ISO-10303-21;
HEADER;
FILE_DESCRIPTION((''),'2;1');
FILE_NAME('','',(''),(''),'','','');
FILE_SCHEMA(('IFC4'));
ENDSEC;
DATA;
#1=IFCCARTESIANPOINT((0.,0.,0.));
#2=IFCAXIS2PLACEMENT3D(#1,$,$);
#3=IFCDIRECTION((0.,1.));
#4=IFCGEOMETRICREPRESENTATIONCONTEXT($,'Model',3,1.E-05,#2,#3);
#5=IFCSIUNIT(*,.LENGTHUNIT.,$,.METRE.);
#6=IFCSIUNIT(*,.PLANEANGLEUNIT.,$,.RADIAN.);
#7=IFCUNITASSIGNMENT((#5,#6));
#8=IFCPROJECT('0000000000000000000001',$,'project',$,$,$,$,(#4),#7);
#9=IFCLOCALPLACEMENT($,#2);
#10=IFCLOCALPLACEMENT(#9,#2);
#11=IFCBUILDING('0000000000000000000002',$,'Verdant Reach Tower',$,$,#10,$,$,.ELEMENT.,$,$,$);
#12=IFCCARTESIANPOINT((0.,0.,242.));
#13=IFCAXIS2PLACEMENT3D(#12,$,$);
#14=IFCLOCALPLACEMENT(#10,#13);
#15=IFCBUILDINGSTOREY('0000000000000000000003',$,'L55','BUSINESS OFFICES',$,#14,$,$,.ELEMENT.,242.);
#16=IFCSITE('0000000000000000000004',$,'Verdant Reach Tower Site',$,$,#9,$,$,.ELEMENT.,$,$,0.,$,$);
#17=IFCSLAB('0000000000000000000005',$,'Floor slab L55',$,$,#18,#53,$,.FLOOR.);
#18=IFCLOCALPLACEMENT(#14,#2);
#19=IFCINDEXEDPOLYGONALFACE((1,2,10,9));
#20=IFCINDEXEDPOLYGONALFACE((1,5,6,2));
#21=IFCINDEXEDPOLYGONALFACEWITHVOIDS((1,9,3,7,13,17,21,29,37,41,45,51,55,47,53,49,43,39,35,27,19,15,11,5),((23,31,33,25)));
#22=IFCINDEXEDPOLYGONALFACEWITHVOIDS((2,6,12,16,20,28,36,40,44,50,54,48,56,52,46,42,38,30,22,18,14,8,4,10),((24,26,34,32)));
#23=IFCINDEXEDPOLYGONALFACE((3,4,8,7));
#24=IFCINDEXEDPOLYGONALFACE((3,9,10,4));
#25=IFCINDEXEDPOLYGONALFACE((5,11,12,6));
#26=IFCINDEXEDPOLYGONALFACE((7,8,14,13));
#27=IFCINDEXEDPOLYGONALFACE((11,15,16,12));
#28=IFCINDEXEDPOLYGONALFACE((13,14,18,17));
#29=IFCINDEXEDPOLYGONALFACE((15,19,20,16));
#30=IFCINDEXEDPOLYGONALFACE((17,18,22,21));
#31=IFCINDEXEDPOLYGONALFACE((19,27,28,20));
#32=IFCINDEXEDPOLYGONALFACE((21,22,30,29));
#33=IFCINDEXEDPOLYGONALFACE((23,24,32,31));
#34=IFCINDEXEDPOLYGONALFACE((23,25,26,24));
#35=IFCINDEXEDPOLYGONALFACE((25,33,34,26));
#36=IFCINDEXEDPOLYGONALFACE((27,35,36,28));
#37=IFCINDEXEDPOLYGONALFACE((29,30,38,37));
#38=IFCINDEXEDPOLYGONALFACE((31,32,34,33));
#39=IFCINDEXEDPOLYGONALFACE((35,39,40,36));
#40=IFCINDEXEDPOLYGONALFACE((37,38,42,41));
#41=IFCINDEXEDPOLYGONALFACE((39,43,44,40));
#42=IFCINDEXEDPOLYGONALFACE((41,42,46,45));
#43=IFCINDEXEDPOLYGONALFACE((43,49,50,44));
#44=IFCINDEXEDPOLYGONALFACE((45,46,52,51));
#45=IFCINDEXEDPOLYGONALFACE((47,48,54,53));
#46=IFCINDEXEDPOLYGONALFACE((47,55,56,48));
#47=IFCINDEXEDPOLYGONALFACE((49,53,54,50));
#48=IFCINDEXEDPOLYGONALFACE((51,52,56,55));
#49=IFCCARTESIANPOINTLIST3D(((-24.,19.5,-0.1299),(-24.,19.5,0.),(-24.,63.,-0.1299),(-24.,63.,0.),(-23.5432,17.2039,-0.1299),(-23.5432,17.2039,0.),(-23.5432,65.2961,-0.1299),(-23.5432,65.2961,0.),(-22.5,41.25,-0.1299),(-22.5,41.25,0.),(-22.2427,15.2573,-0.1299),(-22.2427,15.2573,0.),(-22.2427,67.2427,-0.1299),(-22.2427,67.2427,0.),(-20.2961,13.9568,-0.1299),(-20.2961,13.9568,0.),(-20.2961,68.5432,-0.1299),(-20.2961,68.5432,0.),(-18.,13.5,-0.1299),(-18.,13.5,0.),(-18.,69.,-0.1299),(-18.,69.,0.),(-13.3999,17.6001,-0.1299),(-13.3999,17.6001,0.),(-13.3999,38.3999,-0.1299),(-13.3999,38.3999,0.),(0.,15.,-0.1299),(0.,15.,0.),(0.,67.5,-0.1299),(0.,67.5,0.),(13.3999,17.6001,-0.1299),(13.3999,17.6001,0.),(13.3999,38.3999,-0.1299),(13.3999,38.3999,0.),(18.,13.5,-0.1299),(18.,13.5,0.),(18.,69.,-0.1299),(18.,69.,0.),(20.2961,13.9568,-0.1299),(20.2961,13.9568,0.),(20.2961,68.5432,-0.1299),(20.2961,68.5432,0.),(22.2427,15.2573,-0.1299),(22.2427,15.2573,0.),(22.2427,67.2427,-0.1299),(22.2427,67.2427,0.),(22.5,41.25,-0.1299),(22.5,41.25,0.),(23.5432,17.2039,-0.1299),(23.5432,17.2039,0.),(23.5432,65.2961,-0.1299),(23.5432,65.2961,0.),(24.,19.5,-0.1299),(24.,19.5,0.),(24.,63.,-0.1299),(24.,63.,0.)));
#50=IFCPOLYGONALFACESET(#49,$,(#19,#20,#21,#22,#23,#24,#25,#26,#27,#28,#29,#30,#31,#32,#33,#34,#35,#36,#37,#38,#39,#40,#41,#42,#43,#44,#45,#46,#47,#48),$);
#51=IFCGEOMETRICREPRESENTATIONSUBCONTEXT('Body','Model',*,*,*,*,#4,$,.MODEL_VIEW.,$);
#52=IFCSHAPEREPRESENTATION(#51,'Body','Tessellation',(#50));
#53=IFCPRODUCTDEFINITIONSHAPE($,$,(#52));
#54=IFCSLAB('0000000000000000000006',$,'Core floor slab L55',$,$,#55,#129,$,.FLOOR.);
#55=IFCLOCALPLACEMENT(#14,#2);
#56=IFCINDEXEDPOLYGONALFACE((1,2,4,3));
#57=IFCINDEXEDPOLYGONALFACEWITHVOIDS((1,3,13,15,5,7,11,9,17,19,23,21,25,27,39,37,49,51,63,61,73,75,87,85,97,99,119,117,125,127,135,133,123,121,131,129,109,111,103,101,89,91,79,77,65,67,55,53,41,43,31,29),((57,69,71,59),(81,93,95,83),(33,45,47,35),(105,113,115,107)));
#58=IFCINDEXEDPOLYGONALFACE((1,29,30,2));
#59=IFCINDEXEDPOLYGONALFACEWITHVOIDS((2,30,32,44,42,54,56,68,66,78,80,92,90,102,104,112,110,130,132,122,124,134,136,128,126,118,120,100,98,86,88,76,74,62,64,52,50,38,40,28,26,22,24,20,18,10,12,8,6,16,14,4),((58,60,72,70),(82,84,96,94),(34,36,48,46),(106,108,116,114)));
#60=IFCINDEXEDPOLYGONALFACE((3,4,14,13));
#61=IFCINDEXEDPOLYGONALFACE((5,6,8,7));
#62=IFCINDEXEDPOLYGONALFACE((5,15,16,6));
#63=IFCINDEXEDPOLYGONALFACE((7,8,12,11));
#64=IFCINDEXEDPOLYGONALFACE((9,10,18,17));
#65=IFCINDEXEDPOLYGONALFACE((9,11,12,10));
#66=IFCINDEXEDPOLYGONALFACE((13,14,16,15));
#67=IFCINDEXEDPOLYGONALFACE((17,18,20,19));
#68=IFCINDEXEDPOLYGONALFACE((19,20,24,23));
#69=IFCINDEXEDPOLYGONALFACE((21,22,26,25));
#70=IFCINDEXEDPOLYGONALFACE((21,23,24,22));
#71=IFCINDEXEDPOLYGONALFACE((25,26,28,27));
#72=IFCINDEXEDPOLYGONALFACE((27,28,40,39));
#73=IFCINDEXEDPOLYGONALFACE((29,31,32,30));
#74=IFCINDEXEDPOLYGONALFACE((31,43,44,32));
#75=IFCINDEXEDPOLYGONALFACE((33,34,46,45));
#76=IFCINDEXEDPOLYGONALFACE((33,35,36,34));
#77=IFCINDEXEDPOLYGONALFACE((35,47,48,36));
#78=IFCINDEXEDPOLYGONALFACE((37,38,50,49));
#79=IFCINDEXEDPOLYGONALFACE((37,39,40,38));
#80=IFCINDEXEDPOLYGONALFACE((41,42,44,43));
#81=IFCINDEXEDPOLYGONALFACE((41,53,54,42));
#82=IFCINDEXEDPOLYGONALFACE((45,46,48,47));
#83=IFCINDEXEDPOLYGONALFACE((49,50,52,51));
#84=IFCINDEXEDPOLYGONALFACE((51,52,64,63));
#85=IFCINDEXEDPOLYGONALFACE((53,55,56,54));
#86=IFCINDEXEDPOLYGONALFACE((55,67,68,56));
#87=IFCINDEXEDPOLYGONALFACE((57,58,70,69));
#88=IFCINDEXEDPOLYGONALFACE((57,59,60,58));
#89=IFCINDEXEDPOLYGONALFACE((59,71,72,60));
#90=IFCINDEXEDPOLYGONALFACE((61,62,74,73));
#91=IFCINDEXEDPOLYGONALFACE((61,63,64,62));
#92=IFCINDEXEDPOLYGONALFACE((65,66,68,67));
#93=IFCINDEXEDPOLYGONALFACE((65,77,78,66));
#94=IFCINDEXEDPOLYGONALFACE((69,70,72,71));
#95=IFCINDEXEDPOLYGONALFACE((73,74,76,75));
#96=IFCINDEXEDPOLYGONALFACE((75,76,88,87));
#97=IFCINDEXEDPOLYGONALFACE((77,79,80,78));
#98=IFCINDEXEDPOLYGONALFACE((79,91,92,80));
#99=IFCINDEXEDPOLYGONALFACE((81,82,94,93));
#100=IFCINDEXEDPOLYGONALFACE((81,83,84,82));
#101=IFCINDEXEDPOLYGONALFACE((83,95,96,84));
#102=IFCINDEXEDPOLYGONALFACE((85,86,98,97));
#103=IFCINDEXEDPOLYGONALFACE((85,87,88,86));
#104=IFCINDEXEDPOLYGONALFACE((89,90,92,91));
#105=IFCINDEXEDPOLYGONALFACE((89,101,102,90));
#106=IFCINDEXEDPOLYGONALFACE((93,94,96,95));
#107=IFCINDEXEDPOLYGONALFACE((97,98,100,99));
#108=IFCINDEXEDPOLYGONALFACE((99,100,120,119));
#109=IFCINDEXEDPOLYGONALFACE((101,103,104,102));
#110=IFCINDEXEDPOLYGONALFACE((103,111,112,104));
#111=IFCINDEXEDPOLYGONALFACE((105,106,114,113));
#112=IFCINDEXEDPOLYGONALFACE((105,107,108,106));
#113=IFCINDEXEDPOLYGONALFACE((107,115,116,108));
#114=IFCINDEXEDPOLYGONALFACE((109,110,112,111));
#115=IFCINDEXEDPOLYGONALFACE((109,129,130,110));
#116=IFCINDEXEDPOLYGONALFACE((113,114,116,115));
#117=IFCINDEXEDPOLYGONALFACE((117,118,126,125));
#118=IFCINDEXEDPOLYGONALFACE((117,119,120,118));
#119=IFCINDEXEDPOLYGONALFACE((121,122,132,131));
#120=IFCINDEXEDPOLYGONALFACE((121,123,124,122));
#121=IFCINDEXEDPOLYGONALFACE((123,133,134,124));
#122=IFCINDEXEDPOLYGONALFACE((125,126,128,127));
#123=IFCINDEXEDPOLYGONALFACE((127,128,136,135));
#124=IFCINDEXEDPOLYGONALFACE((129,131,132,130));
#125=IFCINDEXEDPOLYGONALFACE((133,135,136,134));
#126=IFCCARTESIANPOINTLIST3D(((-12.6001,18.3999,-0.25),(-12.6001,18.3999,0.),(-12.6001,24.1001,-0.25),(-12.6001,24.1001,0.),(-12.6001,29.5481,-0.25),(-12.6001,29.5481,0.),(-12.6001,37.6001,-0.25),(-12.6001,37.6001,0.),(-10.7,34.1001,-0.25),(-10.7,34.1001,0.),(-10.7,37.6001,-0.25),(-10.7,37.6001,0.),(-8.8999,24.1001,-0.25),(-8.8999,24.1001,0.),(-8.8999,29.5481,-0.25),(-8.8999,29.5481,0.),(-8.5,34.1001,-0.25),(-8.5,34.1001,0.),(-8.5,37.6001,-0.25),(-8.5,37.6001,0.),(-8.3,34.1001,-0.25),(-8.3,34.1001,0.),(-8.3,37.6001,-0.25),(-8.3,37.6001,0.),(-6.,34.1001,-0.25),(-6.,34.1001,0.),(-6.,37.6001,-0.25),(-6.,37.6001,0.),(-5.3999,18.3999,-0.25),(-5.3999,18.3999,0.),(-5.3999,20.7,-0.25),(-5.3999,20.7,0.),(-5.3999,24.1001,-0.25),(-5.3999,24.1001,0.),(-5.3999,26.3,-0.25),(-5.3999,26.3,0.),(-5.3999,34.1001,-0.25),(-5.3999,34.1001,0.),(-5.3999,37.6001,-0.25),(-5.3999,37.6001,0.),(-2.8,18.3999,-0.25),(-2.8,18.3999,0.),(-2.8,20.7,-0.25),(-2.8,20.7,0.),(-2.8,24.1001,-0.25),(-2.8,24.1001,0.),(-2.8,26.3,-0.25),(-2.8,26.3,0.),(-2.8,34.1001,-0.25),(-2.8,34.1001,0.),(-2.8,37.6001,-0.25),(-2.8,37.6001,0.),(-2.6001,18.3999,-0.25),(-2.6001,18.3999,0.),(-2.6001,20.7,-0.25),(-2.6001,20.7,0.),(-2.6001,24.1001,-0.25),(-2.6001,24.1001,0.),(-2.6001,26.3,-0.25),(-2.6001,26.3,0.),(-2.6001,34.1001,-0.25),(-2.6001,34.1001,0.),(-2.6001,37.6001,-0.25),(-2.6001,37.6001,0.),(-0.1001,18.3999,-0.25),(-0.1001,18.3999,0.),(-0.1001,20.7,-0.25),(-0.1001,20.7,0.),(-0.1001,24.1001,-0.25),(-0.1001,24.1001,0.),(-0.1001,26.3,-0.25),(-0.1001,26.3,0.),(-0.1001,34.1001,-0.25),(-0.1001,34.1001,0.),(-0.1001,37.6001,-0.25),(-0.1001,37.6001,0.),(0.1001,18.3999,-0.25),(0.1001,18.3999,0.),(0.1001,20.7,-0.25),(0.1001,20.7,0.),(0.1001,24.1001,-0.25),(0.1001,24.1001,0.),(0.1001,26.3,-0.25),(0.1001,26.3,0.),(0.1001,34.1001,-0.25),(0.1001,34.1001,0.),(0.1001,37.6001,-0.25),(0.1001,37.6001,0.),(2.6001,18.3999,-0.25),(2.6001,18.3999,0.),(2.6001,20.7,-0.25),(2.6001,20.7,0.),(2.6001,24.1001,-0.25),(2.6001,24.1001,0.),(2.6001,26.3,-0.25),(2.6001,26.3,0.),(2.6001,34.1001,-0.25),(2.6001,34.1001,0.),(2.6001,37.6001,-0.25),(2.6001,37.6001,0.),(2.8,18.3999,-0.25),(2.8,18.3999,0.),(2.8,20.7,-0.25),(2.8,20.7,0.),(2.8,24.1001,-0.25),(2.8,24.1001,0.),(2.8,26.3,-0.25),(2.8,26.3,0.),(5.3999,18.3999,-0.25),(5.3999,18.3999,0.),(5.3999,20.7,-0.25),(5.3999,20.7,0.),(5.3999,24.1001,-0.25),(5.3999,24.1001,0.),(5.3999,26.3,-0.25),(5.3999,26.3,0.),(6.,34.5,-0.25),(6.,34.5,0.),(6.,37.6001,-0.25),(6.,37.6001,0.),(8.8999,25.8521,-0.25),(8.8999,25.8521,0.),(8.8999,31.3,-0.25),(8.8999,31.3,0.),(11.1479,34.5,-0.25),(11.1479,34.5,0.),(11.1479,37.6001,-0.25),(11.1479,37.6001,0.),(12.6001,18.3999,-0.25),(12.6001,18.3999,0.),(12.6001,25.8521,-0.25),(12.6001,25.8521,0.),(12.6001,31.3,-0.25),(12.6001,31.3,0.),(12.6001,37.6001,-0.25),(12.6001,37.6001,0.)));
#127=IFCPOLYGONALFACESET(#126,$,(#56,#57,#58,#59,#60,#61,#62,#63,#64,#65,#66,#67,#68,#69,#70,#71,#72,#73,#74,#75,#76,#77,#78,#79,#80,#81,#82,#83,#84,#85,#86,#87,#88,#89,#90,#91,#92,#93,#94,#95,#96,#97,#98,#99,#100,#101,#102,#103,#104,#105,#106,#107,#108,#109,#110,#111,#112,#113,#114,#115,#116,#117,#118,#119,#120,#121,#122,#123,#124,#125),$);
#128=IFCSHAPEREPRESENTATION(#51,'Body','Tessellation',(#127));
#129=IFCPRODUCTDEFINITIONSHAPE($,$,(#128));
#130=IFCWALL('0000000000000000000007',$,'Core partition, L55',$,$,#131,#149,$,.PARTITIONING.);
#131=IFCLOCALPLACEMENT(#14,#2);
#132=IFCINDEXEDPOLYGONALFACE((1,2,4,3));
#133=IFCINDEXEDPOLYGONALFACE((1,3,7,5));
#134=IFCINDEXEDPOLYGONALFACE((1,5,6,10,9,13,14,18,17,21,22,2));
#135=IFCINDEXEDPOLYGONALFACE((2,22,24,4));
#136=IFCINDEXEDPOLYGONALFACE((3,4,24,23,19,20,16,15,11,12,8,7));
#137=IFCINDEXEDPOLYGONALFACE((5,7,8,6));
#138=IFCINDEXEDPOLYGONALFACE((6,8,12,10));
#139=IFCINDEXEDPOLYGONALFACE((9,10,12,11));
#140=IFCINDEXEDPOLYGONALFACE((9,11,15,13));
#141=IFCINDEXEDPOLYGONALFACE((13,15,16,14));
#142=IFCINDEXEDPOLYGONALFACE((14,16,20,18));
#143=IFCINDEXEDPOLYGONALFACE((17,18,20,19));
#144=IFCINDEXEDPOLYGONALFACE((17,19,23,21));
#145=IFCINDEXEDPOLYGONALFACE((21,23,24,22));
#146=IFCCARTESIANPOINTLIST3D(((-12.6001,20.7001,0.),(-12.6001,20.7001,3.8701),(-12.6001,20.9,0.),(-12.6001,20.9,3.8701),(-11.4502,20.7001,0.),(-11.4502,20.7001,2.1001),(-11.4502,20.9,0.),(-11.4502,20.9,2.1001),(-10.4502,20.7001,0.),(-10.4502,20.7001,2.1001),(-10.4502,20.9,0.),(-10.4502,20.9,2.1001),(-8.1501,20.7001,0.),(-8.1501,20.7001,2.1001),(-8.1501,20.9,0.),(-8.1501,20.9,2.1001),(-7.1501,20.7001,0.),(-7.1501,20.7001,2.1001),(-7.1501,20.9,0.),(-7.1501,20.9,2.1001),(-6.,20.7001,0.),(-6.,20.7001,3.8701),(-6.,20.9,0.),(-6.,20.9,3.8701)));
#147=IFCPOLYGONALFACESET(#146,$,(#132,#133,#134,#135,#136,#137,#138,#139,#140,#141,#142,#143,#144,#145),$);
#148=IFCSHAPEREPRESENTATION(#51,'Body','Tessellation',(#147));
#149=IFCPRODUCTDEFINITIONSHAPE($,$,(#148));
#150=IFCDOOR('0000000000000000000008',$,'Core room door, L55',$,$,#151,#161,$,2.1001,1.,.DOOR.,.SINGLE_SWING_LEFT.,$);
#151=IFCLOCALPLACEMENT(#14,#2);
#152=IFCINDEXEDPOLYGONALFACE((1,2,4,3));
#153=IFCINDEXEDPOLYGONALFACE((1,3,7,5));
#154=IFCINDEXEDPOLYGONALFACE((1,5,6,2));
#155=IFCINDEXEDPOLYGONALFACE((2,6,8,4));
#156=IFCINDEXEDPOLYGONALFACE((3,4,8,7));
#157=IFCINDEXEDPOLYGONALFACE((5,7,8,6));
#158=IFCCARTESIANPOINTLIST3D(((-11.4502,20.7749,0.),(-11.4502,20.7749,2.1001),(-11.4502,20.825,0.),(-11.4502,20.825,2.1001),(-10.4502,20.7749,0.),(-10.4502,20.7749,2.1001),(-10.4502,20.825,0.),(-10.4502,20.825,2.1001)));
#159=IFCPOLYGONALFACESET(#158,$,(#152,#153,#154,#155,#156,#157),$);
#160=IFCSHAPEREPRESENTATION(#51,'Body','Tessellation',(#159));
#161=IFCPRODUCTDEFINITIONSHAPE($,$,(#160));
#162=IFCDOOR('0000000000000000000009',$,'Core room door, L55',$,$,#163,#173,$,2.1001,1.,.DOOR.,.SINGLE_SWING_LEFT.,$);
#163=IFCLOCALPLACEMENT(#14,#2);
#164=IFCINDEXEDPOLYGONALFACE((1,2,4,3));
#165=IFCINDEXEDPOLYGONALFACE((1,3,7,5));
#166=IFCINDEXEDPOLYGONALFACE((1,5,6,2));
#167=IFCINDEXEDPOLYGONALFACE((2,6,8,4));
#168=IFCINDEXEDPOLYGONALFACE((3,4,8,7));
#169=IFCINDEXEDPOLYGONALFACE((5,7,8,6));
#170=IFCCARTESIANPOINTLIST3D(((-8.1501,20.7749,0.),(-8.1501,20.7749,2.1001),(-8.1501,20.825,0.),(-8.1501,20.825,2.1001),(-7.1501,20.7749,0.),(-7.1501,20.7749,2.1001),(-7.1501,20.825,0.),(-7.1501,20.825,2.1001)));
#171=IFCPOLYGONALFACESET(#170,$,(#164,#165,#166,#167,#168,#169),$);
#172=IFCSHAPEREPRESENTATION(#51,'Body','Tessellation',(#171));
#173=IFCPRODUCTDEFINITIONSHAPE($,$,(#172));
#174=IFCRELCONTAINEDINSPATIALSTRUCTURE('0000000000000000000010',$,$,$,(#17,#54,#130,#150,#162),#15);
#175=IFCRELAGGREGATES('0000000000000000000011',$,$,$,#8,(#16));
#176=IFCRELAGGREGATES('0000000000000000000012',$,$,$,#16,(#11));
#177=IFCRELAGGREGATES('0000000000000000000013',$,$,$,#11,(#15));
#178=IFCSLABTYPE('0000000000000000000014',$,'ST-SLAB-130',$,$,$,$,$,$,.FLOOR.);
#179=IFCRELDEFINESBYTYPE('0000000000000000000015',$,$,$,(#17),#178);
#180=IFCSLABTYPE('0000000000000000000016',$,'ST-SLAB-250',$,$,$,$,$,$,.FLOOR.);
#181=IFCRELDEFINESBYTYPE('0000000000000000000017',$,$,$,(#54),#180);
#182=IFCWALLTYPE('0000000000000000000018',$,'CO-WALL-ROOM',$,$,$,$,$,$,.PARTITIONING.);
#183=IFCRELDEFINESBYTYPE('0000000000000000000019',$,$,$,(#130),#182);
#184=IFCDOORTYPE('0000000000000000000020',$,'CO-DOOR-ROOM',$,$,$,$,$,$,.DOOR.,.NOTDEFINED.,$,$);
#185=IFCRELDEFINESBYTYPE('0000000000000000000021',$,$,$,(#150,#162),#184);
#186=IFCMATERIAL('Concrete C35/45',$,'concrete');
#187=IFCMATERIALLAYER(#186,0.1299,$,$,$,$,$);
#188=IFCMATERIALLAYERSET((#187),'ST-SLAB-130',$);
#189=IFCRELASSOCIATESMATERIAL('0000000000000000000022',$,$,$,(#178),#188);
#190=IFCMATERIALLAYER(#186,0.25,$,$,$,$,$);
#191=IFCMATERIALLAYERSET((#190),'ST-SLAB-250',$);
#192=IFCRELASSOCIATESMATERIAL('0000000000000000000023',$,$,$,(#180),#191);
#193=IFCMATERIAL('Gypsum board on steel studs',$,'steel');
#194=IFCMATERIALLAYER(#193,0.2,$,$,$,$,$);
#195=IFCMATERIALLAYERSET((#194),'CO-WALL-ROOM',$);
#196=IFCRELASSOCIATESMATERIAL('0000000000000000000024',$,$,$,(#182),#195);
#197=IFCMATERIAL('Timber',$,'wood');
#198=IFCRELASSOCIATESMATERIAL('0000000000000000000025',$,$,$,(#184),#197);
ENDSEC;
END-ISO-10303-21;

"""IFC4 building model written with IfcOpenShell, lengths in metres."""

from ifc_helpers import new_model, si_unit, direction, frame, frame_2d, origin, place, context, subcontext, project, spatial, polyline, rectangle, outline, extrude, material, layer, layer_set, type_object, element, fill, save


model = new_model("IFC4")

# Units and contexts
model_context = context("Model", 3, precision=1e-05, world=origin(), true_north=direction((0.0, 1.0)))
body_context = subcontext(model_context, "Body", "Model", "MODEL_VIEW")
ifc_project = project(units=[si_unit("LENGTHUNIT", "METRE"), si_unit("PLANEANGLEUNIT", "RADIAN")], contexts=[model_context])

# Site, building, storey
site_placement = place(None, origin())
site = spatial("IfcSite", under=ifc_project, at=site_placement, Name="Verdant Reach Tower Site", CompositionType="ELEMENT", RefElevation=0.0)
building_placement = place(site_placement, origin())
building = spatial("IfcBuilding", under=site, at=building_placement, Name="Verdant Reach Tower", CompositionType="ELEMENT")
storey_placement = place(building_placement, frame((0.0, 0.0, 242.0)))
storey = spatial("IfcBuildingStorey", under=building, at=storey_placement, Name="L55", Description="BUSINESS OFFICES", CompositionType="ELEMENT", Elevation=242.0)

# Slabs
ifc_material_1 = material(Name="Concrete C35/45", Category="concrete")
ifc_layer_1 = layer(ifc_material_1, 0.1299)
ifc_layer_set_1 = layer_set([ifc_layer_1], Name="ST-SLAB-130")
slab_type_1 = type_object("IfcSlabType", Name="ST-SLAB-130", PredefinedType="FLOOR", material=ifc_layer_set_1)
slab_1_placement = place(storey_placement, frame((0.0, 0.0, -0.1299)))
element("IfcSlab", 1, at=slab_1_placement, inside=storey, type_object=slab_type_1, Name="Floor slab L55", PredefinedType="FLOOR", context=body_context, shape_type="SweptSolid", body=[
    extrude(outline(polyline([(0.0, 15.0), (-18.0, 13.5), (-20.2961, 13.9568), (-22.2427, 15.2573), (-23.5432, 17.2039), (-24.0, 19.5), (-22.5, 41.25), (-24.0, 63.0), (-23.5432, 65.2961), (-22.2427, 67.2427), (-20.2961, 68.5432), (-18.0, 69.0), (0.0, 67.5), (18.0, 69.0), (20.2961, 68.5432), (22.2427, 67.2427), (23.5432, 65.2961), (24.0, 63.0), (22.5, 41.25), (24.0, 19.5), (23.5432, 17.2039), (22.2427, 15.2573), (20.2961, 13.9568), (18.0, 13.5), (0.0, 15.0)]), holes=[polyline([(13.3999, 38.3999), (-13.3999, 38.3999), (-13.3999, 17.6001), (13.3999, 17.6001), (13.3999, 38.3999)])]), origin(), (0.0, 0.0, 1.0), 0.1299),
])
ifc_layer_2 = layer(ifc_material_1, 0.25)
ifc_layer_set_2 = layer_set([ifc_layer_2], Name="ST-SLAB-250")
slab_type_2 = type_object("IfcSlabType", Name="ST-SLAB-250", PredefinedType="FLOOR", material=ifc_layer_set_2)
slab_2_placement = place(storey_placement, frame((0.0, 0.0, -0.25)))
element("IfcSlab", 2, at=slab_2_placement, inside=storey, type_object=slab_type_2, Name="Core floor slab L55", PredefinedType="FLOOR", context=body_context, shape_type="SweptSolid", body=[
    extrude(outline(polyline([(12.6001, 18.3999), (5.3999, 18.3999), (5.3999, 20.7), (2.8, 20.7), (2.8, 18.3999), (2.6001, 18.3999), (2.6001, 20.7), (0.1001, 20.7), (0.1001, 18.3999), (-0.1001, 18.3999), (-0.1001, 20.7), (-2.6001, 20.7), (-2.6001, 18.3999), (-2.8, 18.3999), (-2.8, 20.7), (-5.3999, 20.7), (-5.3999, 18.3999), (-12.6001, 18.3999), (-12.6001, 24.1001), (-8.8999, 24.1001), (-8.8999, 29.5481), (-12.6001, 29.5481), (-12.6001, 37.6001), (-10.7, 37.6001), (-10.7, 34.1001), (-8.5, 34.1001), (-8.5, 37.6001), (-8.3, 37.6001), (-8.3, 34.1001), (-6.0, 34.1001), (-6.0, 37.6001), (-5.3999, 37.6001), (-5.3999, 34.1001), (-2.8, 34.1001), (-2.8, 37.6001), (-2.6001, 37.6001), (-2.6001, 34.1001), (-0.1001, 34.1001), (-0.1001, 37.6001), (0.1001, 37.6001), (0.1001, 34.1001), (2.6001, 34.1001), (2.6001, 37.6001), (6.0, 37.6001), (6.0, 34.5), (11.1479, 34.5), (11.1479, 37.6001), (12.6001, 37.6001), (12.6001, 31.3), (8.8999, 31.3), (8.8999, 25.8521), (12.6001, 25.8521), (12.6001, 18.3999)]), holes=[polyline([(-2.8, 24.1001), (-2.8, 26.3), (-5.3999, 26.3), (-5.3999, 24.1001), (-2.8, 24.1001)]), polyline([(-0.1001, 24.1001), (-0.1001, 26.3), (-2.6001, 26.3), (-2.6001, 24.1001), (-0.1001, 24.1001)]), polyline([(2.6001, 24.1001), (2.6001, 26.3), (0.1001, 26.3), (0.1001, 24.1001), (2.6001, 24.1001)]), polyline([(5.3999, 24.1001), (5.3999, 26.3), (2.8, 26.3), (2.8, 24.1001), (5.3999, 24.1001)])]), origin(), (0.0, 0.0, 1.0), 0.25),
])

# Wall, openings, doors
ifc_material_2 = material(Name="Gypsum board on steel studs", Category="steel")
ifc_layer_3 = layer(ifc_material_2, 0.2)
ifc_layer_set_3 = layer_set([ifc_layer_3], Name="CO-WALL-ROOM")
wall_type_1 = type_object("IfcWallType", Name="CO-WALL-ROOM", PredefinedType="PARTITIONING", material=ifc_layer_set_3)
wall_1_placement = place(storey_placement, frame((-12.6001, 20.8, 0.0), z_axis=(0.0, 0.0, 1.0), x_axis=(1.0, 0.0, 0.0)))
wall_1 = element("IfcWall", 3, at=wall_1_placement, inside=storey, type_object=wall_type_1, Name="Core partition, L55", PredefinedType="PARTITIONING", context=body_context, shape_type="SweptSolid", body=[
    extrude(rectangle(XDim=6.6001, YDim=0.2, at=frame_2d((3.3, 0.0))), origin(), (0.0, 0.0, 1.0), 3.8701),
])
opening_1_placement = place(wall_1_placement, frame((1.1499, 0.0, 0.0)))
opening_1 = element("IfcOpeningElement", 4, at=opening_1_placement, cuts=wall_1, PredefinedType="OPENING", context=body_context, shape_type="SweptSolid", body=[
    extrude(rectangle(XDim=1.0, YDim=2.1001, at=frame_2d((0.5, 1.05))), frame((0.0, 0.1099, 0.0), z_axis=(0.0, -1.0, 0.0), x_axis=(1.0, 0.0, 0.0)), (0.0, 0.0, 1.0), 0.22),
])
opening_2_placement = place(wall_1_placement, frame((4.45, 0.0, 0.0)))
opening_2 = element("IfcOpeningElement", 5, at=opening_2_placement, cuts=wall_1, PredefinedType="OPENING", context=body_context, shape_type="SweptSolid", body=[
    extrude(rectangle(XDim=1.0, YDim=2.1001, at=frame_2d((0.5, 1.05))), frame((0.0, 0.1099, 0.0), z_axis=(0.0, -1.0, 0.0), x_axis=(1.0, 0.0, 0.0)), (0.0, 0.0, 1.0), 0.22),
])
ifc_material_3 = material(Name="Timber", Category="wood")
door_type_1 = type_object("IfcDoorType", Name="CO-DOOR-ROOM", OperationType="NOTDEFINED", PredefinedType="DOOR", material=ifc_material_3)
door_1_placement = place(opening_1_placement, origin())
door_1 = element("IfcDoor", 6, at=door_1_placement, inside=storey, type_object=door_type_1, Name="Core room door, L55", OperationType="SINGLE_SWING_LEFT", OverallHeight=2.1001, OverallWidth=1.0, PredefinedType="DOOR", context=body_context, shape_type="SweptSolid", body=[
    extrude(rectangle(XDim=1.0, YDim=2.1001, at=frame_2d((0.5, 1.05))), frame((0.0, 0.0249, 0.0), z_axis=(0.0, -1.0, 0.0), x_axis=(1.0, 0.0, 0.0)), (0.0, 0.0, 1.0), 0.05),
])
fill(opening_1, door_1)
door_2_placement = place(opening_2_placement, origin())
door_2 = element("IfcDoor", 7, at=door_2_placement, inside=storey, type_object=door_type_1, Name="Core room door, L55", OperationType="SINGLE_SWING_LEFT", OverallHeight=2.1001, OverallWidth=1.0, PredefinedType="DOOR", context=body_context, shape_type="SweptSolid", body=[
    extrude(rectangle(XDim=1.0, YDim=2.1001, at=frame_2d((0.5, 1.05))), frame((0.0, 0.0249, 0.0), z_axis=(0.0, -1.0, 0.0), x_axis=(1.0, 0.0, 0.0)), (0.0, 0.0, 1.0), 0.05),
])
fill(opening_2, door_2)

save(model, "model.ifc")
